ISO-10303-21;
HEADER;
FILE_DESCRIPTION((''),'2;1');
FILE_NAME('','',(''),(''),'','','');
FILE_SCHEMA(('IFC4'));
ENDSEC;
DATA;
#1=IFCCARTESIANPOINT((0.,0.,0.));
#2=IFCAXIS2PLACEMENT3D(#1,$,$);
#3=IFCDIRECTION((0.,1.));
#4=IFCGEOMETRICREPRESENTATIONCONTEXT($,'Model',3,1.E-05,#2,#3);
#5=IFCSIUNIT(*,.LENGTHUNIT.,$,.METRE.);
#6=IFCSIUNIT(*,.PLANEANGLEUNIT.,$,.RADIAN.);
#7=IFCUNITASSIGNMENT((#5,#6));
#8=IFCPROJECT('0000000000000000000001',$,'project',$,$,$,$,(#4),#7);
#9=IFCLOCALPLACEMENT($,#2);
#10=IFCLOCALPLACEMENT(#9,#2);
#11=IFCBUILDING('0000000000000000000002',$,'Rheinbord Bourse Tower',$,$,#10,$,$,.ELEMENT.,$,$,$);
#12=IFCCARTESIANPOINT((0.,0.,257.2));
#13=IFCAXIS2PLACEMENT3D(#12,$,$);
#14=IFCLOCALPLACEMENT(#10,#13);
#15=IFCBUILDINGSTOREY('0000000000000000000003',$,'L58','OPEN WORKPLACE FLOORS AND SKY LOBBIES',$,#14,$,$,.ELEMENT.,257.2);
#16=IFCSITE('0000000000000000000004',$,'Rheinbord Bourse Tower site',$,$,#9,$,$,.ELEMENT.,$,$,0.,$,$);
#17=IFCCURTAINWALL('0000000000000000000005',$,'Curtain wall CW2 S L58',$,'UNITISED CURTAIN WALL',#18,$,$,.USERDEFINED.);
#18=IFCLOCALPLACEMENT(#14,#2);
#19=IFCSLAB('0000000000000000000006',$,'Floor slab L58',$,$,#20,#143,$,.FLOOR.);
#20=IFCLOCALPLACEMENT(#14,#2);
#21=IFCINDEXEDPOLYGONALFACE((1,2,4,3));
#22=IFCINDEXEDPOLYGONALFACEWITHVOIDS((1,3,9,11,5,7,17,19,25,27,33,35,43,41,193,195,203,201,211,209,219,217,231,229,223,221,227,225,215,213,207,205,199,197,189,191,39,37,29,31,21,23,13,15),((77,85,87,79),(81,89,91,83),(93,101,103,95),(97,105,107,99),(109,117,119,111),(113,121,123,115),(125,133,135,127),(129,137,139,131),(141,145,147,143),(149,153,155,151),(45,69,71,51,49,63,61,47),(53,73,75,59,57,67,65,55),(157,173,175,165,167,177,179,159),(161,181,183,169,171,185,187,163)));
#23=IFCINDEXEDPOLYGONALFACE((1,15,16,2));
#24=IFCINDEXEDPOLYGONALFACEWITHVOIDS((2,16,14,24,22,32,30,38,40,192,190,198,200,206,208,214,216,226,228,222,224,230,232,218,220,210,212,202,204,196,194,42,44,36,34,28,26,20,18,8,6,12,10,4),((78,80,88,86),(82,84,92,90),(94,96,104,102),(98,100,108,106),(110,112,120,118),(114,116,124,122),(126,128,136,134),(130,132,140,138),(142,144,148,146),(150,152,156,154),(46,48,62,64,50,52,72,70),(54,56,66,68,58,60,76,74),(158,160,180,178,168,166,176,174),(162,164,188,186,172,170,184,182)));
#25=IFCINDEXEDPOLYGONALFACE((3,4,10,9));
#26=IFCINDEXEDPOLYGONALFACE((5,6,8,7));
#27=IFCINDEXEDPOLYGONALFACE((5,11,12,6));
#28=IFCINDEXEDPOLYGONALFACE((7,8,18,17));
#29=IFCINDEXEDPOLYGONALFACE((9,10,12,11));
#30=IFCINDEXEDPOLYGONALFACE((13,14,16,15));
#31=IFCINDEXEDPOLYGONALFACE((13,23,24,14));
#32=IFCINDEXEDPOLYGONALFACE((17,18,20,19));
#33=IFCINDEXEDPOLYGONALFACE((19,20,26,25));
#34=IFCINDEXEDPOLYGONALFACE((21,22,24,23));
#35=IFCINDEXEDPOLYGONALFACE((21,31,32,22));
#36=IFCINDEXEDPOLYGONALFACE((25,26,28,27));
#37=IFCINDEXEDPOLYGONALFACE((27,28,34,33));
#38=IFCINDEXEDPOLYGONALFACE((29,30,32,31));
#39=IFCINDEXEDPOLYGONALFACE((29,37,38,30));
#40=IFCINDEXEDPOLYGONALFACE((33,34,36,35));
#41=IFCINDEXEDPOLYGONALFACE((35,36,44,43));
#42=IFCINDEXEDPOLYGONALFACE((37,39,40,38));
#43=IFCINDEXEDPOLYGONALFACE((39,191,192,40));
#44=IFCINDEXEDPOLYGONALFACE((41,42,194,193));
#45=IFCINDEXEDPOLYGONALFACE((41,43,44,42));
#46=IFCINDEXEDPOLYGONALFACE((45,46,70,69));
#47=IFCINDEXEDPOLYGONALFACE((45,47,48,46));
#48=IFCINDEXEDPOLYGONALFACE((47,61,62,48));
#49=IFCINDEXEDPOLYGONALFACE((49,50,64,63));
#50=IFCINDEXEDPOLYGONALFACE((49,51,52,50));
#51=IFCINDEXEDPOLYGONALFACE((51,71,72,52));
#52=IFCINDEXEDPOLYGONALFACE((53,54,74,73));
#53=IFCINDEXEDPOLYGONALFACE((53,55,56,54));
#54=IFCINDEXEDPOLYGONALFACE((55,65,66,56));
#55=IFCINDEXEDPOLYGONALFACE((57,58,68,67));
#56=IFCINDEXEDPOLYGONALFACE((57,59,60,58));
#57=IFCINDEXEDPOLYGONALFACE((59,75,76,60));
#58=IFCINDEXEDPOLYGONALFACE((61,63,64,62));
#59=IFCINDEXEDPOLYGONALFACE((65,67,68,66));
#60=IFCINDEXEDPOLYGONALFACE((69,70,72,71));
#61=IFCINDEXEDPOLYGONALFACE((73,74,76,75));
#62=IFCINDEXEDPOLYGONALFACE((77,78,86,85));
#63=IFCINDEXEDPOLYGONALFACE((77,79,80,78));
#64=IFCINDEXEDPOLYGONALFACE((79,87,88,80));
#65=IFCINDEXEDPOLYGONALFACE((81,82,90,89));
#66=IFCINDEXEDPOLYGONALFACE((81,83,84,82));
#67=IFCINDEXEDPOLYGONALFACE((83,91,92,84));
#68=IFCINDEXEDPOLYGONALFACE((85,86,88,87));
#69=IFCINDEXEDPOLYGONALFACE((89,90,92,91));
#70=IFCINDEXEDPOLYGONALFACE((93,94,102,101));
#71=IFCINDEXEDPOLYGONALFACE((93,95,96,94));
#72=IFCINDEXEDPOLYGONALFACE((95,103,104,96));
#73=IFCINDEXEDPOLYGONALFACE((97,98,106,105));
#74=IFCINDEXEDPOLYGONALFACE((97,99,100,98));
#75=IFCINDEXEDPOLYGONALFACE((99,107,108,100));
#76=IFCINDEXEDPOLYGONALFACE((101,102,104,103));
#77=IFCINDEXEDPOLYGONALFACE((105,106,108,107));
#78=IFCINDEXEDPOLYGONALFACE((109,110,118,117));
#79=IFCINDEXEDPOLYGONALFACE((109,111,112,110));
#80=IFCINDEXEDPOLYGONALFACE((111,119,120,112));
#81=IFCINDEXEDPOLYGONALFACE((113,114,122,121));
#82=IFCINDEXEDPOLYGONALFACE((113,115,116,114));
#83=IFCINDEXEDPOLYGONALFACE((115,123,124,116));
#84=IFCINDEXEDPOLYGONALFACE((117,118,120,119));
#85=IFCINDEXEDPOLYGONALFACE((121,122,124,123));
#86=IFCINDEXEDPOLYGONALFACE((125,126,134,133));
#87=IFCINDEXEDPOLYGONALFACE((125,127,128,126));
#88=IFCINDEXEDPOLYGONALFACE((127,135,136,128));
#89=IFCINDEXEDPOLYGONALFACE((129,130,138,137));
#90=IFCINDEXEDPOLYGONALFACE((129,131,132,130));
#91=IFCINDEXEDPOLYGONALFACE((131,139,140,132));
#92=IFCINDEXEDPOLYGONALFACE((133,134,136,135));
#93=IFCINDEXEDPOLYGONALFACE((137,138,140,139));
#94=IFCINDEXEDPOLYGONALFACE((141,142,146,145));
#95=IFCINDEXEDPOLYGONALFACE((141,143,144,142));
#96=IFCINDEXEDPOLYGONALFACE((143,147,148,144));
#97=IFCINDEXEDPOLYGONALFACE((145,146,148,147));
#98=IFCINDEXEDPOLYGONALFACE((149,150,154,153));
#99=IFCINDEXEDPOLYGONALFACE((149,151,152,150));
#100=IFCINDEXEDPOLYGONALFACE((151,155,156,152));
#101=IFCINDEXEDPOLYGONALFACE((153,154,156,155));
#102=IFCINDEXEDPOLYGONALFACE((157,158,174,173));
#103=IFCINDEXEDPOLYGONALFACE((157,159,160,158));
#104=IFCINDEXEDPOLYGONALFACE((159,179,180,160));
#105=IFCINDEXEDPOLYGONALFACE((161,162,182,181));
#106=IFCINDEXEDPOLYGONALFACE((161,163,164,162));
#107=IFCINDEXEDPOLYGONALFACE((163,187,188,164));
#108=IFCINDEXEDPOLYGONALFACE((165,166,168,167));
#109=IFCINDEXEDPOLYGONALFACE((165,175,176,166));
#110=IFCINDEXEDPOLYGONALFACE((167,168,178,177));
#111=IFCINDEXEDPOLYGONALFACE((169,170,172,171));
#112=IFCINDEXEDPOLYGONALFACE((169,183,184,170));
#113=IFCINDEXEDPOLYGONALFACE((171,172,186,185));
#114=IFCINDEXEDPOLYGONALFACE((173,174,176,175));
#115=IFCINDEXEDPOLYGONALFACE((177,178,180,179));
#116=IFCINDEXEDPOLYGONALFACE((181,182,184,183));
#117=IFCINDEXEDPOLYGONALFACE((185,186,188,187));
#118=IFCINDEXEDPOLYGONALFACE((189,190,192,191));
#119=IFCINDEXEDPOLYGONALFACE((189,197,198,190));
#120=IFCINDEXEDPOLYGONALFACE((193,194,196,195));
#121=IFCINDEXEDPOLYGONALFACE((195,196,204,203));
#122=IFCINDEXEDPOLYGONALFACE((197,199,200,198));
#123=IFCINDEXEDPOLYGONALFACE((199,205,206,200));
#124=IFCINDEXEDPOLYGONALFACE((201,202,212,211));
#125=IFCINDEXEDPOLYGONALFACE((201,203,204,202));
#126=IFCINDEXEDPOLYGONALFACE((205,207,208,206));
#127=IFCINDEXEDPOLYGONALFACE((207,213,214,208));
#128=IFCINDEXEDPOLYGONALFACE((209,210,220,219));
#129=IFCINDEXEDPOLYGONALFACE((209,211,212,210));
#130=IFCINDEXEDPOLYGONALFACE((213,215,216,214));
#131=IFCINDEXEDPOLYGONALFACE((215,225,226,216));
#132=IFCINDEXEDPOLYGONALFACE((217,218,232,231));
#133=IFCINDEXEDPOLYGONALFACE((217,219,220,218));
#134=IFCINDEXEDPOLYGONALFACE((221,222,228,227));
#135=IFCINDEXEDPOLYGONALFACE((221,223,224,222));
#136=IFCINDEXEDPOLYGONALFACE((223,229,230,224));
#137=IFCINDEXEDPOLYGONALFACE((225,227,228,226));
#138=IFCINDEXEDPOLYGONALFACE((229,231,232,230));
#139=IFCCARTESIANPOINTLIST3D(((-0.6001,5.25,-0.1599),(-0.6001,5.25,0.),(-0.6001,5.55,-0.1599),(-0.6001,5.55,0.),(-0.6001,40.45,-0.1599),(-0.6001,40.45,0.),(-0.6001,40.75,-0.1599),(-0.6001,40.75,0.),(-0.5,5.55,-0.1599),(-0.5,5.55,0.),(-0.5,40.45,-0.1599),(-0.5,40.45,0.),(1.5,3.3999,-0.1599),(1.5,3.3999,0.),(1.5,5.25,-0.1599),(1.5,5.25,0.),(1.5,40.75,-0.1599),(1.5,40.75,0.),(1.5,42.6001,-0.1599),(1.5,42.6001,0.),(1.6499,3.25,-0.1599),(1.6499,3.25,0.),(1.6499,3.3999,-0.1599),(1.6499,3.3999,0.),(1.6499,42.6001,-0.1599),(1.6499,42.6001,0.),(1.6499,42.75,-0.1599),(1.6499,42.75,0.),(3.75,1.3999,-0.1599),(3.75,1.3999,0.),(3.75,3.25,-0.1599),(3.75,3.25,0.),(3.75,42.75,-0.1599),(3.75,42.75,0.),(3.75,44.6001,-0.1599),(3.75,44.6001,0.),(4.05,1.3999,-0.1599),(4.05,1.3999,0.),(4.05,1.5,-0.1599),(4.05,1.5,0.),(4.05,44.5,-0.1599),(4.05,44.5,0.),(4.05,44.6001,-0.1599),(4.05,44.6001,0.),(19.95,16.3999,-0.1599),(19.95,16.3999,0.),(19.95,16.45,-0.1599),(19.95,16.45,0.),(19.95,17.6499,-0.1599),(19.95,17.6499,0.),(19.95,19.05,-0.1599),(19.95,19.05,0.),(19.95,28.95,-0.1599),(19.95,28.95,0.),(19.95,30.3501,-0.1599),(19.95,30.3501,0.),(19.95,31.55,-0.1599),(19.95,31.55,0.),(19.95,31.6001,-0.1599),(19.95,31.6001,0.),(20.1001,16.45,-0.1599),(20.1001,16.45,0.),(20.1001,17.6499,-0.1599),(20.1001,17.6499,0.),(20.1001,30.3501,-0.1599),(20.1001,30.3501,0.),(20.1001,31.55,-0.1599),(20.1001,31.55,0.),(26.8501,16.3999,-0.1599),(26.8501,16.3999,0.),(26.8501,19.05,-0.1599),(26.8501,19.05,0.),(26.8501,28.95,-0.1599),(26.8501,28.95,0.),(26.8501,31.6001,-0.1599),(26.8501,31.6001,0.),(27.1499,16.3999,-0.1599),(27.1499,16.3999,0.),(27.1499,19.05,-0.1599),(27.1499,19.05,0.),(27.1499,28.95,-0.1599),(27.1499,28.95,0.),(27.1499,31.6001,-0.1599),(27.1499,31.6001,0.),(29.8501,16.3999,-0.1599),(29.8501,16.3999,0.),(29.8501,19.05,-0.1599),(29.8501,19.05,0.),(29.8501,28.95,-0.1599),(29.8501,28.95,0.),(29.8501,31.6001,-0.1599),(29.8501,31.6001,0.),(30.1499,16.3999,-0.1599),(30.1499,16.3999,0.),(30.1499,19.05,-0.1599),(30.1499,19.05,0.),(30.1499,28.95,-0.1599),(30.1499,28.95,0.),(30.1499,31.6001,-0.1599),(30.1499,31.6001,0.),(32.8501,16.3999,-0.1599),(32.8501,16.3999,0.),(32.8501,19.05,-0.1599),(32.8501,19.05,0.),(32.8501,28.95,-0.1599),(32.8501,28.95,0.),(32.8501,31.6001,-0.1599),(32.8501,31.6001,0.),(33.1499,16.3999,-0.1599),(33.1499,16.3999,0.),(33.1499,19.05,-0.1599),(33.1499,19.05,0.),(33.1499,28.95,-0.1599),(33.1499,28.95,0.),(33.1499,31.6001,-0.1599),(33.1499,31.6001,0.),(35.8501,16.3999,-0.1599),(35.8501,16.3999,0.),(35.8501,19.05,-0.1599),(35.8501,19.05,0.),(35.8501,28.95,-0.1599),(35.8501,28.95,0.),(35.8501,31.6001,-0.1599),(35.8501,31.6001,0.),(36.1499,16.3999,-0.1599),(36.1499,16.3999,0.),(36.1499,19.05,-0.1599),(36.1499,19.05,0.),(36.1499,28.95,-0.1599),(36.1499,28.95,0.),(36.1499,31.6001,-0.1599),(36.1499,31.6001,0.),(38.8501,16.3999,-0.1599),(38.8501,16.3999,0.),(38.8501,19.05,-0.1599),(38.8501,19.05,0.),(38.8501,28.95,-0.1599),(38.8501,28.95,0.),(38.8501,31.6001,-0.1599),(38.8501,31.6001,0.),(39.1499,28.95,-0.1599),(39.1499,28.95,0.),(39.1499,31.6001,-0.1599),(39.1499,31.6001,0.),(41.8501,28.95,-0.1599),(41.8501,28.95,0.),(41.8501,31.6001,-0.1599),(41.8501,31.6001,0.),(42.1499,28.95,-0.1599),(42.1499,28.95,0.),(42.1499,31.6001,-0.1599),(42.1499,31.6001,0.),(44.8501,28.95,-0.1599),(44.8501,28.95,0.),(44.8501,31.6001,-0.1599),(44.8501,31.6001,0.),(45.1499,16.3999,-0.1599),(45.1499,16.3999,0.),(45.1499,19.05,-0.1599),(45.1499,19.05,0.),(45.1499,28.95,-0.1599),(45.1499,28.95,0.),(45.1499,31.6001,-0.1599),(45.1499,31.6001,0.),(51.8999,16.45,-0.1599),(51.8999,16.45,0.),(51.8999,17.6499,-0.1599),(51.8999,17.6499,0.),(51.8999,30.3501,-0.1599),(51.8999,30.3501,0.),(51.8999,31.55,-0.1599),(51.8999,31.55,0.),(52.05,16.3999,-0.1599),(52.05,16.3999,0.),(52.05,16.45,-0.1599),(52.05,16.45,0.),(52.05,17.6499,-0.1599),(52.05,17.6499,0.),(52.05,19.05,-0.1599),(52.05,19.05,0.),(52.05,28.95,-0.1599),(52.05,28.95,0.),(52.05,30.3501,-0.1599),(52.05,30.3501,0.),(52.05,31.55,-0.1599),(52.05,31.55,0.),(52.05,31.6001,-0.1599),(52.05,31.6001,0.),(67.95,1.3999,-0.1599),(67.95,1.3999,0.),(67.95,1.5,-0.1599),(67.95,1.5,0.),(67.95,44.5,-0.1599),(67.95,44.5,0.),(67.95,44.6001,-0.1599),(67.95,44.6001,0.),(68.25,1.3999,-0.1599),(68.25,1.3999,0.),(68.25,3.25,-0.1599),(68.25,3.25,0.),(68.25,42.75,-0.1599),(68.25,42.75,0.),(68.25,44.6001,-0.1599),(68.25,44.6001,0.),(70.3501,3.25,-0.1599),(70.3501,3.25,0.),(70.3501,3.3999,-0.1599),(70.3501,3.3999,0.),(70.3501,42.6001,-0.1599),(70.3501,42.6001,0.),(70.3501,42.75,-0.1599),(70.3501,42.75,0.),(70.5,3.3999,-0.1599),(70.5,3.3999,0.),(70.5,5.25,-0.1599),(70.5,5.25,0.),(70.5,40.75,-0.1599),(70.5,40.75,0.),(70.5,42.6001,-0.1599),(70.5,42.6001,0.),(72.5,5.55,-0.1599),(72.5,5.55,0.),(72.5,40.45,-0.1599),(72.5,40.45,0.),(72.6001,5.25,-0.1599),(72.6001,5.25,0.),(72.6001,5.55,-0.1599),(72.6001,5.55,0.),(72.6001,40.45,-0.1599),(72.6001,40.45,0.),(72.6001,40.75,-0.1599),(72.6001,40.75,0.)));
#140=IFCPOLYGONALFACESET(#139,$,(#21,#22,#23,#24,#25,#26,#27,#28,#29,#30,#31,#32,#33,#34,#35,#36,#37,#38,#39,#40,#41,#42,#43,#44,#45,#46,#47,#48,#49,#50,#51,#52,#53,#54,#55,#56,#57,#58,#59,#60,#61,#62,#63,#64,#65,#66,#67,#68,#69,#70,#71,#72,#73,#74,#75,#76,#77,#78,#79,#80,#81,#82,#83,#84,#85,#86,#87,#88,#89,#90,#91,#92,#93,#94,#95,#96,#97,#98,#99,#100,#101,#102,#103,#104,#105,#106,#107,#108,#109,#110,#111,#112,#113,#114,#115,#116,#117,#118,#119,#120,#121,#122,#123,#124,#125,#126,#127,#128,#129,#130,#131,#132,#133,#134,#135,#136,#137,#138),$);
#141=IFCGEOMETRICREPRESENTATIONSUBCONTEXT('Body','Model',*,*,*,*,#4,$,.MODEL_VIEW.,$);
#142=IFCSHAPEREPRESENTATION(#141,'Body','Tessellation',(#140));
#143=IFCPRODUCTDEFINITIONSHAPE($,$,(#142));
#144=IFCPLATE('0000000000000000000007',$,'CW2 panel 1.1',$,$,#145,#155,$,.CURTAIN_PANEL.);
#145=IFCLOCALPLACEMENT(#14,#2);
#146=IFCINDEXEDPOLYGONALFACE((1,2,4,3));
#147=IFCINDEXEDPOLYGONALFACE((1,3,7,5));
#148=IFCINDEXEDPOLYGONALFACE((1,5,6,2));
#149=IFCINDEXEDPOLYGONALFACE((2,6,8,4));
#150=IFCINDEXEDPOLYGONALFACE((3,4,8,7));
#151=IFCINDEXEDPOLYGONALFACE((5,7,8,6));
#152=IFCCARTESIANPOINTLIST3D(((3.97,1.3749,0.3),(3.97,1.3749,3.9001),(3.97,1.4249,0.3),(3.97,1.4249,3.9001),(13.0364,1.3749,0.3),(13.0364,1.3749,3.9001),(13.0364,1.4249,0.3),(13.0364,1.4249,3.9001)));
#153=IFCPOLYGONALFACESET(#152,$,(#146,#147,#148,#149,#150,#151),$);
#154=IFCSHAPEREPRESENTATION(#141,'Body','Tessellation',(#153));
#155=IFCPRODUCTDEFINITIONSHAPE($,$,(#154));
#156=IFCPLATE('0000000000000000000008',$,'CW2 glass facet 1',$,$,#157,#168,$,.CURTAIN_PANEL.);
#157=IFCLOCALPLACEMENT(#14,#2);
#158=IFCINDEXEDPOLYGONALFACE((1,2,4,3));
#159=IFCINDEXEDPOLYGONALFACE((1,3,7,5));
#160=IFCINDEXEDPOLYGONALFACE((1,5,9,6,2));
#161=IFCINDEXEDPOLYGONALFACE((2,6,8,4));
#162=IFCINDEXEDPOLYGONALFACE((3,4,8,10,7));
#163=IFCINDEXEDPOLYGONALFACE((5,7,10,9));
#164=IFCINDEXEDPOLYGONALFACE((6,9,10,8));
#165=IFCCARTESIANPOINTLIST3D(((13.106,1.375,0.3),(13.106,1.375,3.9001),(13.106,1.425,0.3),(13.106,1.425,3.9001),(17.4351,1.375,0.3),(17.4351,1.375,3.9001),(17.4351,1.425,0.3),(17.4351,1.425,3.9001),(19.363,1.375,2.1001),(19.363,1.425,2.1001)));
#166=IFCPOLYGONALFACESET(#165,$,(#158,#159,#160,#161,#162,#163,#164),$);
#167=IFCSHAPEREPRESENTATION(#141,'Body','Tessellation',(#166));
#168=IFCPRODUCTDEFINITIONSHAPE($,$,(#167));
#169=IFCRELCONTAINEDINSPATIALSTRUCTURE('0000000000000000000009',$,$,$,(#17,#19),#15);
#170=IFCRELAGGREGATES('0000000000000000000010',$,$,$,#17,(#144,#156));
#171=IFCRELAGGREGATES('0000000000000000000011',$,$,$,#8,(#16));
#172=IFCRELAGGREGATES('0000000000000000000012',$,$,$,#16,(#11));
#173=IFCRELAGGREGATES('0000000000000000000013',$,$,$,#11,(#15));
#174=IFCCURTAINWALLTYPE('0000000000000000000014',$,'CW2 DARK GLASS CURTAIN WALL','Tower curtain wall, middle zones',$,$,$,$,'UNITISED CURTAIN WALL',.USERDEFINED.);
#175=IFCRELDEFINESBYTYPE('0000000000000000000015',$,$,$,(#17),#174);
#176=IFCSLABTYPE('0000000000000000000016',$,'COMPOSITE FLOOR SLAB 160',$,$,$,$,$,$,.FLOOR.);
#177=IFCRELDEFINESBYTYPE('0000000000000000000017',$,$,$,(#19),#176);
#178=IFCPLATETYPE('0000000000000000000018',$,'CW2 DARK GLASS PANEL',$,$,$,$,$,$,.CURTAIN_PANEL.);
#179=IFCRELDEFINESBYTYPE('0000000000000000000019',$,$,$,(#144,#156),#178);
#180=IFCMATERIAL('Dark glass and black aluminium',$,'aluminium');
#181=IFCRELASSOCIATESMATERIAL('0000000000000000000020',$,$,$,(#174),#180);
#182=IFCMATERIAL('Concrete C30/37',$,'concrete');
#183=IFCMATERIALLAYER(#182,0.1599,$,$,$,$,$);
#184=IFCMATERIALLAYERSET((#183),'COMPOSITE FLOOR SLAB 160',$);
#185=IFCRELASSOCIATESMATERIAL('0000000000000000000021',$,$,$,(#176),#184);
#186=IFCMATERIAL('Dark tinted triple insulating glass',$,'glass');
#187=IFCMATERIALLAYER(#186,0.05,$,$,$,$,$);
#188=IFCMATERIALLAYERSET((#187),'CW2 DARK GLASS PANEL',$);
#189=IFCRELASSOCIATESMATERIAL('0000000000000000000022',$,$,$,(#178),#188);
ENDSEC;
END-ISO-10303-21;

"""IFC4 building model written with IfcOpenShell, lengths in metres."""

from ifc_helpers import new_model, si_unit, direction, frame, origin, origin_2d, place, context, subcontext, project, spatial, polyline, rectangle, outline, extrude, material, layer, layer_set, type_object, element, aggregate, save


model = new_model("IFC4")

# Units and contexts
model_context = context("Model", 3, precision=1e-05, world=origin(), true_north=direction((0.0, 1.0)))
body_context = subcontext(model_context, "Body", "Model", "MODEL_VIEW")
ifc_project = project(units=[si_unit("LENGTHUNIT", "METRE"), si_unit("PLANEANGLEUNIT", "RADIAN")], contexts=[model_context])

# Site, building, storey
site_placement = place(None, origin())
site = spatial("IfcSite", under=ifc_project, at=site_placement, Name="Rheinbord Bourse Tower site", CompositionType="ELEMENT", RefElevation=0.0)
building_placement = place(site_placement, origin())
building = spatial("IfcBuilding", under=site, at=building_placement, Name="Rheinbord Bourse Tower", CompositionType="ELEMENT")
storey_placement = place(building_placement, frame((0.0, 0.0, 257.2)))
storey = spatial("IfcBuildingStorey", under=building, at=storey_placement, Name="L58", Description="OPEN WORKPLACE FLOORS AND SKY LOBBIES", CompositionType="ELEMENT", Elevation=257.2)

# Curtain wall
ifc_material_1 = material(Name="Dark glass and black aluminium", Category="aluminium")
curtain_wall_type = type_object("IfcCurtainWallType", Name="CW2 DARK GLASS CURTAIN WALL", Description="Tower curtain wall, middle zones", ElementType="UNITISED CURTAIN WALL", PredefinedType="USERDEFINED", material=ifc_material_1)
curtain_wall_placement = place(storey_placement, origin())
curtain_wall = element("IfcCurtainWall", 1, at=curtain_wall_placement, inside=storey, type_object=curtain_wall_type, Name="Curtain wall CW2 S L58", ObjectType="UNITISED CURTAIN WALL", PredefinedType="USERDEFINED")

# Slab
ifc_material_2 = material(Name="Concrete C30/37", Category="concrete")
ifc_layer_1 = layer(ifc_material_2, 0.1599)
ifc_layer_set_1 = layer_set([ifc_layer_1], Name="COMPOSITE FLOOR SLAB 160")
slab_type_1 = type_object("IfcSlabType", Name="COMPOSITE FLOOR SLAB 160", PredefinedType="FLOOR", material=ifc_layer_set_1)
slab_1_placement = place(storey_placement, frame((0.0, 0.0, -0.1599)))
element("IfcSlab", 2, at=slab_1_placement, inside=storey, type_object=slab_type_1, Name="Floor slab L58", PredefinedType="FLOOR", context=body_context, shape_type="SweptSolid", body=[
    extrude(outline(polyline([(1.6499, 3.3999), (1.5, 3.3999), (1.5, 5.25), (-0.6001, 5.25), (-0.6001, 5.55), (-0.5, 5.55), (-0.5, 40.45), (-0.6001, 40.45), (-0.6001, 40.75), (1.5, 40.75), (1.5, 42.6001), (1.6499, 42.6001), (1.6499, 42.75), (3.75, 42.75), (3.75, 44.6001), (4.05, 44.6001), (4.05, 44.5), (67.95, 44.5), (67.95, 44.6001), (68.25, 44.6001), (68.25, 42.75), (70.3501, 42.75), (70.3501, 42.6001), (70.5, 42.6001), (70.5, 40.75), (72.6001, 40.75), (72.6001, 40.45), (72.5, 40.45), (72.5, 5.55), (72.6001, 5.55), (72.6001, 5.25), (70.5, 5.25), (70.5, 3.3999), (70.3501, 3.3999), (70.3501, 3.25), (68.25, 3.25), (68.25, 1.3999), (67.95, 1.3999), (67.95, 1.5), (4.05, 1.5), (4.05, 1.3999), (3.75, 1.3999), (3.75, 3.25), (1.6499, 3.25), (1.6499, 3.3999)]), holes=[polyline([(19.95, 19.05), (26.8501, 19.05), (26.8501, 16.3999), (19.95, 16.3999), (19.95, 16.45), (20.1001, 16.45), (20.1001, 17.6499), (19.95, 17.6499), (19.95, 19.05)]), polyline([(19.95, 31.6001), (26.8501, 31.6001), (26.8501, 28.95), (19.95, 28.95), (19.95, 30.3501), (20.1001, 30.3501), (20.1001, 31.55), (19.95, 31.55), (19.95, 31.6001)]), polyline([(52.05, 16.3999), (45.1499, 16.3999), (45.1499, 19.05), (52.05, 19.05), (52.05, 17.6499), (51.8999, 17.6499), (51.8999, 16.45), (52.05, 16.45), (52.05, 16.3999)]), polyline([(52.05, 28.95), (45.1499, 28.95), (45.1499, 31.6001), (52.05, 31.6001), (52.05, 31.55), (51.8999, 31.55), (51.8999, 30.3501), (52.05, 30.3501), (52.05, 28.95)]), polyline([(27.1499, 16.3999), (27.1499, 19.05), (29.8501, 19.05), (29.8501, 16.3999), (27.1499, 16.3999)]), polyline([(27.1499, 28.95), (27.1499, 31.6001), (29.8501, 31.6001), (29.8501, 28.95), (27.1499, 28.95)]), polyline([(30.1499, 16.3999), (30.1499, 19.05), (32.8501, 19.05), (32.8501, 16.3999), (30.1499, 16.3999)]), polyline([(30.1499, 28.95), (30.1499, 31.6001), (32.8501, 31.6001), (32.8501, 28.95), (30.1499, 28.95)]), polyline([(33.1499, 16.3999), (33.1499, 19.05), (35.8501, 19.05), (35.8501, 16.3999), (33.1499, 16.3999)]), polyline([(33.1499, 28.95), (33.1499, 31.6001), (35.8501, 31.6001), (35.8501, 28.95), (33.1499, 28.95)]), polyline([(36.1499, 16.3999), (36.1499, 19.05), (38.8501, 19.05), (38.8501, 16.3999), (36.1499, 16.3999)]), polyline([(36.1499, 28.95), (36.1499, 31.6001), (38.8501, 31.6001), (38.8501, 28.95), (36.1499, 28.95)]), polyline([(39.1499, 28.95), (39.1499, 31.6001), (41.8501, 31.6001), (41.8501, 28.95), (39.1499, 28.95)]), polyline([(42.1499, 28.95), (42.1499, 31.6001), (44.8501, 31.6001), (44.8501, 28.95), (42.1499, 28.95)])]), origin(), (0.0, 0.0, 1.0), 0.1599),
])

# Plates
ifc_material_3 = material(Name="Dark tinted triple insulating glass", Category="glass")
ifc_layer_2 = layer(ifc_material_3, 0.05)
ifc_layer_set_2 = layer_set([ifc_layer_2], Name="CW2 DARK GLASS PANEL")
plate_type = type_object("IfcPlateType", Name="CW2 DARK GLASS PANEL", PredefinedType="CURTAIN_PANEL", material=ifc_layer_set_2)
plate_1_placement = place(storey_placement, frame((8.5032, 1.3999, 0.3), z_axis=(0.0, 0.0, 1.0), x_axis=(1.0, 0.0, 0.0)))
plate_1 = element("IfcPlate", 3, at=plate_1_placement, type_object=plate_type, Name="CW2 panel 1.1", PredefinedType="CURTAIN_PANEL", context=body_context, shape_type="SweptSolid", body=[
    extrude(rectangle(XDim=9.0664, YDim=0.05, at=origin_2d()), origin(), (0.0, 0.0, 1.0), 3.6001),
])
plate_2_placement = place(storey_placement, frame((13.106, 1.375, 0.3), z_axis=(0.0, 1.0, 0.0), x_axis=(0.0, 0.0, 1.0)))
plate_2 = element("IfcPlate", 4, at=plate_2_placement, type_object=plate_type, Name="CW2 glass facet 1", PredefinedType="CURTAIN_PANEL", context=body_context, shape_type="SweptSolid", body=[
    extrude(outline(polyline([(0.0, 0.0), (3.6001, 0.0), (3.6001, 4.3291), (1.8, 6.2571), (0.0, 4.3291), (0.0, 0.0)])), origin(), (0.0, 0.0, 1.0), 0.05),
])
aggregate(curtain_wall, [plate_1, plate_2])

save(model, "model.ifc")
